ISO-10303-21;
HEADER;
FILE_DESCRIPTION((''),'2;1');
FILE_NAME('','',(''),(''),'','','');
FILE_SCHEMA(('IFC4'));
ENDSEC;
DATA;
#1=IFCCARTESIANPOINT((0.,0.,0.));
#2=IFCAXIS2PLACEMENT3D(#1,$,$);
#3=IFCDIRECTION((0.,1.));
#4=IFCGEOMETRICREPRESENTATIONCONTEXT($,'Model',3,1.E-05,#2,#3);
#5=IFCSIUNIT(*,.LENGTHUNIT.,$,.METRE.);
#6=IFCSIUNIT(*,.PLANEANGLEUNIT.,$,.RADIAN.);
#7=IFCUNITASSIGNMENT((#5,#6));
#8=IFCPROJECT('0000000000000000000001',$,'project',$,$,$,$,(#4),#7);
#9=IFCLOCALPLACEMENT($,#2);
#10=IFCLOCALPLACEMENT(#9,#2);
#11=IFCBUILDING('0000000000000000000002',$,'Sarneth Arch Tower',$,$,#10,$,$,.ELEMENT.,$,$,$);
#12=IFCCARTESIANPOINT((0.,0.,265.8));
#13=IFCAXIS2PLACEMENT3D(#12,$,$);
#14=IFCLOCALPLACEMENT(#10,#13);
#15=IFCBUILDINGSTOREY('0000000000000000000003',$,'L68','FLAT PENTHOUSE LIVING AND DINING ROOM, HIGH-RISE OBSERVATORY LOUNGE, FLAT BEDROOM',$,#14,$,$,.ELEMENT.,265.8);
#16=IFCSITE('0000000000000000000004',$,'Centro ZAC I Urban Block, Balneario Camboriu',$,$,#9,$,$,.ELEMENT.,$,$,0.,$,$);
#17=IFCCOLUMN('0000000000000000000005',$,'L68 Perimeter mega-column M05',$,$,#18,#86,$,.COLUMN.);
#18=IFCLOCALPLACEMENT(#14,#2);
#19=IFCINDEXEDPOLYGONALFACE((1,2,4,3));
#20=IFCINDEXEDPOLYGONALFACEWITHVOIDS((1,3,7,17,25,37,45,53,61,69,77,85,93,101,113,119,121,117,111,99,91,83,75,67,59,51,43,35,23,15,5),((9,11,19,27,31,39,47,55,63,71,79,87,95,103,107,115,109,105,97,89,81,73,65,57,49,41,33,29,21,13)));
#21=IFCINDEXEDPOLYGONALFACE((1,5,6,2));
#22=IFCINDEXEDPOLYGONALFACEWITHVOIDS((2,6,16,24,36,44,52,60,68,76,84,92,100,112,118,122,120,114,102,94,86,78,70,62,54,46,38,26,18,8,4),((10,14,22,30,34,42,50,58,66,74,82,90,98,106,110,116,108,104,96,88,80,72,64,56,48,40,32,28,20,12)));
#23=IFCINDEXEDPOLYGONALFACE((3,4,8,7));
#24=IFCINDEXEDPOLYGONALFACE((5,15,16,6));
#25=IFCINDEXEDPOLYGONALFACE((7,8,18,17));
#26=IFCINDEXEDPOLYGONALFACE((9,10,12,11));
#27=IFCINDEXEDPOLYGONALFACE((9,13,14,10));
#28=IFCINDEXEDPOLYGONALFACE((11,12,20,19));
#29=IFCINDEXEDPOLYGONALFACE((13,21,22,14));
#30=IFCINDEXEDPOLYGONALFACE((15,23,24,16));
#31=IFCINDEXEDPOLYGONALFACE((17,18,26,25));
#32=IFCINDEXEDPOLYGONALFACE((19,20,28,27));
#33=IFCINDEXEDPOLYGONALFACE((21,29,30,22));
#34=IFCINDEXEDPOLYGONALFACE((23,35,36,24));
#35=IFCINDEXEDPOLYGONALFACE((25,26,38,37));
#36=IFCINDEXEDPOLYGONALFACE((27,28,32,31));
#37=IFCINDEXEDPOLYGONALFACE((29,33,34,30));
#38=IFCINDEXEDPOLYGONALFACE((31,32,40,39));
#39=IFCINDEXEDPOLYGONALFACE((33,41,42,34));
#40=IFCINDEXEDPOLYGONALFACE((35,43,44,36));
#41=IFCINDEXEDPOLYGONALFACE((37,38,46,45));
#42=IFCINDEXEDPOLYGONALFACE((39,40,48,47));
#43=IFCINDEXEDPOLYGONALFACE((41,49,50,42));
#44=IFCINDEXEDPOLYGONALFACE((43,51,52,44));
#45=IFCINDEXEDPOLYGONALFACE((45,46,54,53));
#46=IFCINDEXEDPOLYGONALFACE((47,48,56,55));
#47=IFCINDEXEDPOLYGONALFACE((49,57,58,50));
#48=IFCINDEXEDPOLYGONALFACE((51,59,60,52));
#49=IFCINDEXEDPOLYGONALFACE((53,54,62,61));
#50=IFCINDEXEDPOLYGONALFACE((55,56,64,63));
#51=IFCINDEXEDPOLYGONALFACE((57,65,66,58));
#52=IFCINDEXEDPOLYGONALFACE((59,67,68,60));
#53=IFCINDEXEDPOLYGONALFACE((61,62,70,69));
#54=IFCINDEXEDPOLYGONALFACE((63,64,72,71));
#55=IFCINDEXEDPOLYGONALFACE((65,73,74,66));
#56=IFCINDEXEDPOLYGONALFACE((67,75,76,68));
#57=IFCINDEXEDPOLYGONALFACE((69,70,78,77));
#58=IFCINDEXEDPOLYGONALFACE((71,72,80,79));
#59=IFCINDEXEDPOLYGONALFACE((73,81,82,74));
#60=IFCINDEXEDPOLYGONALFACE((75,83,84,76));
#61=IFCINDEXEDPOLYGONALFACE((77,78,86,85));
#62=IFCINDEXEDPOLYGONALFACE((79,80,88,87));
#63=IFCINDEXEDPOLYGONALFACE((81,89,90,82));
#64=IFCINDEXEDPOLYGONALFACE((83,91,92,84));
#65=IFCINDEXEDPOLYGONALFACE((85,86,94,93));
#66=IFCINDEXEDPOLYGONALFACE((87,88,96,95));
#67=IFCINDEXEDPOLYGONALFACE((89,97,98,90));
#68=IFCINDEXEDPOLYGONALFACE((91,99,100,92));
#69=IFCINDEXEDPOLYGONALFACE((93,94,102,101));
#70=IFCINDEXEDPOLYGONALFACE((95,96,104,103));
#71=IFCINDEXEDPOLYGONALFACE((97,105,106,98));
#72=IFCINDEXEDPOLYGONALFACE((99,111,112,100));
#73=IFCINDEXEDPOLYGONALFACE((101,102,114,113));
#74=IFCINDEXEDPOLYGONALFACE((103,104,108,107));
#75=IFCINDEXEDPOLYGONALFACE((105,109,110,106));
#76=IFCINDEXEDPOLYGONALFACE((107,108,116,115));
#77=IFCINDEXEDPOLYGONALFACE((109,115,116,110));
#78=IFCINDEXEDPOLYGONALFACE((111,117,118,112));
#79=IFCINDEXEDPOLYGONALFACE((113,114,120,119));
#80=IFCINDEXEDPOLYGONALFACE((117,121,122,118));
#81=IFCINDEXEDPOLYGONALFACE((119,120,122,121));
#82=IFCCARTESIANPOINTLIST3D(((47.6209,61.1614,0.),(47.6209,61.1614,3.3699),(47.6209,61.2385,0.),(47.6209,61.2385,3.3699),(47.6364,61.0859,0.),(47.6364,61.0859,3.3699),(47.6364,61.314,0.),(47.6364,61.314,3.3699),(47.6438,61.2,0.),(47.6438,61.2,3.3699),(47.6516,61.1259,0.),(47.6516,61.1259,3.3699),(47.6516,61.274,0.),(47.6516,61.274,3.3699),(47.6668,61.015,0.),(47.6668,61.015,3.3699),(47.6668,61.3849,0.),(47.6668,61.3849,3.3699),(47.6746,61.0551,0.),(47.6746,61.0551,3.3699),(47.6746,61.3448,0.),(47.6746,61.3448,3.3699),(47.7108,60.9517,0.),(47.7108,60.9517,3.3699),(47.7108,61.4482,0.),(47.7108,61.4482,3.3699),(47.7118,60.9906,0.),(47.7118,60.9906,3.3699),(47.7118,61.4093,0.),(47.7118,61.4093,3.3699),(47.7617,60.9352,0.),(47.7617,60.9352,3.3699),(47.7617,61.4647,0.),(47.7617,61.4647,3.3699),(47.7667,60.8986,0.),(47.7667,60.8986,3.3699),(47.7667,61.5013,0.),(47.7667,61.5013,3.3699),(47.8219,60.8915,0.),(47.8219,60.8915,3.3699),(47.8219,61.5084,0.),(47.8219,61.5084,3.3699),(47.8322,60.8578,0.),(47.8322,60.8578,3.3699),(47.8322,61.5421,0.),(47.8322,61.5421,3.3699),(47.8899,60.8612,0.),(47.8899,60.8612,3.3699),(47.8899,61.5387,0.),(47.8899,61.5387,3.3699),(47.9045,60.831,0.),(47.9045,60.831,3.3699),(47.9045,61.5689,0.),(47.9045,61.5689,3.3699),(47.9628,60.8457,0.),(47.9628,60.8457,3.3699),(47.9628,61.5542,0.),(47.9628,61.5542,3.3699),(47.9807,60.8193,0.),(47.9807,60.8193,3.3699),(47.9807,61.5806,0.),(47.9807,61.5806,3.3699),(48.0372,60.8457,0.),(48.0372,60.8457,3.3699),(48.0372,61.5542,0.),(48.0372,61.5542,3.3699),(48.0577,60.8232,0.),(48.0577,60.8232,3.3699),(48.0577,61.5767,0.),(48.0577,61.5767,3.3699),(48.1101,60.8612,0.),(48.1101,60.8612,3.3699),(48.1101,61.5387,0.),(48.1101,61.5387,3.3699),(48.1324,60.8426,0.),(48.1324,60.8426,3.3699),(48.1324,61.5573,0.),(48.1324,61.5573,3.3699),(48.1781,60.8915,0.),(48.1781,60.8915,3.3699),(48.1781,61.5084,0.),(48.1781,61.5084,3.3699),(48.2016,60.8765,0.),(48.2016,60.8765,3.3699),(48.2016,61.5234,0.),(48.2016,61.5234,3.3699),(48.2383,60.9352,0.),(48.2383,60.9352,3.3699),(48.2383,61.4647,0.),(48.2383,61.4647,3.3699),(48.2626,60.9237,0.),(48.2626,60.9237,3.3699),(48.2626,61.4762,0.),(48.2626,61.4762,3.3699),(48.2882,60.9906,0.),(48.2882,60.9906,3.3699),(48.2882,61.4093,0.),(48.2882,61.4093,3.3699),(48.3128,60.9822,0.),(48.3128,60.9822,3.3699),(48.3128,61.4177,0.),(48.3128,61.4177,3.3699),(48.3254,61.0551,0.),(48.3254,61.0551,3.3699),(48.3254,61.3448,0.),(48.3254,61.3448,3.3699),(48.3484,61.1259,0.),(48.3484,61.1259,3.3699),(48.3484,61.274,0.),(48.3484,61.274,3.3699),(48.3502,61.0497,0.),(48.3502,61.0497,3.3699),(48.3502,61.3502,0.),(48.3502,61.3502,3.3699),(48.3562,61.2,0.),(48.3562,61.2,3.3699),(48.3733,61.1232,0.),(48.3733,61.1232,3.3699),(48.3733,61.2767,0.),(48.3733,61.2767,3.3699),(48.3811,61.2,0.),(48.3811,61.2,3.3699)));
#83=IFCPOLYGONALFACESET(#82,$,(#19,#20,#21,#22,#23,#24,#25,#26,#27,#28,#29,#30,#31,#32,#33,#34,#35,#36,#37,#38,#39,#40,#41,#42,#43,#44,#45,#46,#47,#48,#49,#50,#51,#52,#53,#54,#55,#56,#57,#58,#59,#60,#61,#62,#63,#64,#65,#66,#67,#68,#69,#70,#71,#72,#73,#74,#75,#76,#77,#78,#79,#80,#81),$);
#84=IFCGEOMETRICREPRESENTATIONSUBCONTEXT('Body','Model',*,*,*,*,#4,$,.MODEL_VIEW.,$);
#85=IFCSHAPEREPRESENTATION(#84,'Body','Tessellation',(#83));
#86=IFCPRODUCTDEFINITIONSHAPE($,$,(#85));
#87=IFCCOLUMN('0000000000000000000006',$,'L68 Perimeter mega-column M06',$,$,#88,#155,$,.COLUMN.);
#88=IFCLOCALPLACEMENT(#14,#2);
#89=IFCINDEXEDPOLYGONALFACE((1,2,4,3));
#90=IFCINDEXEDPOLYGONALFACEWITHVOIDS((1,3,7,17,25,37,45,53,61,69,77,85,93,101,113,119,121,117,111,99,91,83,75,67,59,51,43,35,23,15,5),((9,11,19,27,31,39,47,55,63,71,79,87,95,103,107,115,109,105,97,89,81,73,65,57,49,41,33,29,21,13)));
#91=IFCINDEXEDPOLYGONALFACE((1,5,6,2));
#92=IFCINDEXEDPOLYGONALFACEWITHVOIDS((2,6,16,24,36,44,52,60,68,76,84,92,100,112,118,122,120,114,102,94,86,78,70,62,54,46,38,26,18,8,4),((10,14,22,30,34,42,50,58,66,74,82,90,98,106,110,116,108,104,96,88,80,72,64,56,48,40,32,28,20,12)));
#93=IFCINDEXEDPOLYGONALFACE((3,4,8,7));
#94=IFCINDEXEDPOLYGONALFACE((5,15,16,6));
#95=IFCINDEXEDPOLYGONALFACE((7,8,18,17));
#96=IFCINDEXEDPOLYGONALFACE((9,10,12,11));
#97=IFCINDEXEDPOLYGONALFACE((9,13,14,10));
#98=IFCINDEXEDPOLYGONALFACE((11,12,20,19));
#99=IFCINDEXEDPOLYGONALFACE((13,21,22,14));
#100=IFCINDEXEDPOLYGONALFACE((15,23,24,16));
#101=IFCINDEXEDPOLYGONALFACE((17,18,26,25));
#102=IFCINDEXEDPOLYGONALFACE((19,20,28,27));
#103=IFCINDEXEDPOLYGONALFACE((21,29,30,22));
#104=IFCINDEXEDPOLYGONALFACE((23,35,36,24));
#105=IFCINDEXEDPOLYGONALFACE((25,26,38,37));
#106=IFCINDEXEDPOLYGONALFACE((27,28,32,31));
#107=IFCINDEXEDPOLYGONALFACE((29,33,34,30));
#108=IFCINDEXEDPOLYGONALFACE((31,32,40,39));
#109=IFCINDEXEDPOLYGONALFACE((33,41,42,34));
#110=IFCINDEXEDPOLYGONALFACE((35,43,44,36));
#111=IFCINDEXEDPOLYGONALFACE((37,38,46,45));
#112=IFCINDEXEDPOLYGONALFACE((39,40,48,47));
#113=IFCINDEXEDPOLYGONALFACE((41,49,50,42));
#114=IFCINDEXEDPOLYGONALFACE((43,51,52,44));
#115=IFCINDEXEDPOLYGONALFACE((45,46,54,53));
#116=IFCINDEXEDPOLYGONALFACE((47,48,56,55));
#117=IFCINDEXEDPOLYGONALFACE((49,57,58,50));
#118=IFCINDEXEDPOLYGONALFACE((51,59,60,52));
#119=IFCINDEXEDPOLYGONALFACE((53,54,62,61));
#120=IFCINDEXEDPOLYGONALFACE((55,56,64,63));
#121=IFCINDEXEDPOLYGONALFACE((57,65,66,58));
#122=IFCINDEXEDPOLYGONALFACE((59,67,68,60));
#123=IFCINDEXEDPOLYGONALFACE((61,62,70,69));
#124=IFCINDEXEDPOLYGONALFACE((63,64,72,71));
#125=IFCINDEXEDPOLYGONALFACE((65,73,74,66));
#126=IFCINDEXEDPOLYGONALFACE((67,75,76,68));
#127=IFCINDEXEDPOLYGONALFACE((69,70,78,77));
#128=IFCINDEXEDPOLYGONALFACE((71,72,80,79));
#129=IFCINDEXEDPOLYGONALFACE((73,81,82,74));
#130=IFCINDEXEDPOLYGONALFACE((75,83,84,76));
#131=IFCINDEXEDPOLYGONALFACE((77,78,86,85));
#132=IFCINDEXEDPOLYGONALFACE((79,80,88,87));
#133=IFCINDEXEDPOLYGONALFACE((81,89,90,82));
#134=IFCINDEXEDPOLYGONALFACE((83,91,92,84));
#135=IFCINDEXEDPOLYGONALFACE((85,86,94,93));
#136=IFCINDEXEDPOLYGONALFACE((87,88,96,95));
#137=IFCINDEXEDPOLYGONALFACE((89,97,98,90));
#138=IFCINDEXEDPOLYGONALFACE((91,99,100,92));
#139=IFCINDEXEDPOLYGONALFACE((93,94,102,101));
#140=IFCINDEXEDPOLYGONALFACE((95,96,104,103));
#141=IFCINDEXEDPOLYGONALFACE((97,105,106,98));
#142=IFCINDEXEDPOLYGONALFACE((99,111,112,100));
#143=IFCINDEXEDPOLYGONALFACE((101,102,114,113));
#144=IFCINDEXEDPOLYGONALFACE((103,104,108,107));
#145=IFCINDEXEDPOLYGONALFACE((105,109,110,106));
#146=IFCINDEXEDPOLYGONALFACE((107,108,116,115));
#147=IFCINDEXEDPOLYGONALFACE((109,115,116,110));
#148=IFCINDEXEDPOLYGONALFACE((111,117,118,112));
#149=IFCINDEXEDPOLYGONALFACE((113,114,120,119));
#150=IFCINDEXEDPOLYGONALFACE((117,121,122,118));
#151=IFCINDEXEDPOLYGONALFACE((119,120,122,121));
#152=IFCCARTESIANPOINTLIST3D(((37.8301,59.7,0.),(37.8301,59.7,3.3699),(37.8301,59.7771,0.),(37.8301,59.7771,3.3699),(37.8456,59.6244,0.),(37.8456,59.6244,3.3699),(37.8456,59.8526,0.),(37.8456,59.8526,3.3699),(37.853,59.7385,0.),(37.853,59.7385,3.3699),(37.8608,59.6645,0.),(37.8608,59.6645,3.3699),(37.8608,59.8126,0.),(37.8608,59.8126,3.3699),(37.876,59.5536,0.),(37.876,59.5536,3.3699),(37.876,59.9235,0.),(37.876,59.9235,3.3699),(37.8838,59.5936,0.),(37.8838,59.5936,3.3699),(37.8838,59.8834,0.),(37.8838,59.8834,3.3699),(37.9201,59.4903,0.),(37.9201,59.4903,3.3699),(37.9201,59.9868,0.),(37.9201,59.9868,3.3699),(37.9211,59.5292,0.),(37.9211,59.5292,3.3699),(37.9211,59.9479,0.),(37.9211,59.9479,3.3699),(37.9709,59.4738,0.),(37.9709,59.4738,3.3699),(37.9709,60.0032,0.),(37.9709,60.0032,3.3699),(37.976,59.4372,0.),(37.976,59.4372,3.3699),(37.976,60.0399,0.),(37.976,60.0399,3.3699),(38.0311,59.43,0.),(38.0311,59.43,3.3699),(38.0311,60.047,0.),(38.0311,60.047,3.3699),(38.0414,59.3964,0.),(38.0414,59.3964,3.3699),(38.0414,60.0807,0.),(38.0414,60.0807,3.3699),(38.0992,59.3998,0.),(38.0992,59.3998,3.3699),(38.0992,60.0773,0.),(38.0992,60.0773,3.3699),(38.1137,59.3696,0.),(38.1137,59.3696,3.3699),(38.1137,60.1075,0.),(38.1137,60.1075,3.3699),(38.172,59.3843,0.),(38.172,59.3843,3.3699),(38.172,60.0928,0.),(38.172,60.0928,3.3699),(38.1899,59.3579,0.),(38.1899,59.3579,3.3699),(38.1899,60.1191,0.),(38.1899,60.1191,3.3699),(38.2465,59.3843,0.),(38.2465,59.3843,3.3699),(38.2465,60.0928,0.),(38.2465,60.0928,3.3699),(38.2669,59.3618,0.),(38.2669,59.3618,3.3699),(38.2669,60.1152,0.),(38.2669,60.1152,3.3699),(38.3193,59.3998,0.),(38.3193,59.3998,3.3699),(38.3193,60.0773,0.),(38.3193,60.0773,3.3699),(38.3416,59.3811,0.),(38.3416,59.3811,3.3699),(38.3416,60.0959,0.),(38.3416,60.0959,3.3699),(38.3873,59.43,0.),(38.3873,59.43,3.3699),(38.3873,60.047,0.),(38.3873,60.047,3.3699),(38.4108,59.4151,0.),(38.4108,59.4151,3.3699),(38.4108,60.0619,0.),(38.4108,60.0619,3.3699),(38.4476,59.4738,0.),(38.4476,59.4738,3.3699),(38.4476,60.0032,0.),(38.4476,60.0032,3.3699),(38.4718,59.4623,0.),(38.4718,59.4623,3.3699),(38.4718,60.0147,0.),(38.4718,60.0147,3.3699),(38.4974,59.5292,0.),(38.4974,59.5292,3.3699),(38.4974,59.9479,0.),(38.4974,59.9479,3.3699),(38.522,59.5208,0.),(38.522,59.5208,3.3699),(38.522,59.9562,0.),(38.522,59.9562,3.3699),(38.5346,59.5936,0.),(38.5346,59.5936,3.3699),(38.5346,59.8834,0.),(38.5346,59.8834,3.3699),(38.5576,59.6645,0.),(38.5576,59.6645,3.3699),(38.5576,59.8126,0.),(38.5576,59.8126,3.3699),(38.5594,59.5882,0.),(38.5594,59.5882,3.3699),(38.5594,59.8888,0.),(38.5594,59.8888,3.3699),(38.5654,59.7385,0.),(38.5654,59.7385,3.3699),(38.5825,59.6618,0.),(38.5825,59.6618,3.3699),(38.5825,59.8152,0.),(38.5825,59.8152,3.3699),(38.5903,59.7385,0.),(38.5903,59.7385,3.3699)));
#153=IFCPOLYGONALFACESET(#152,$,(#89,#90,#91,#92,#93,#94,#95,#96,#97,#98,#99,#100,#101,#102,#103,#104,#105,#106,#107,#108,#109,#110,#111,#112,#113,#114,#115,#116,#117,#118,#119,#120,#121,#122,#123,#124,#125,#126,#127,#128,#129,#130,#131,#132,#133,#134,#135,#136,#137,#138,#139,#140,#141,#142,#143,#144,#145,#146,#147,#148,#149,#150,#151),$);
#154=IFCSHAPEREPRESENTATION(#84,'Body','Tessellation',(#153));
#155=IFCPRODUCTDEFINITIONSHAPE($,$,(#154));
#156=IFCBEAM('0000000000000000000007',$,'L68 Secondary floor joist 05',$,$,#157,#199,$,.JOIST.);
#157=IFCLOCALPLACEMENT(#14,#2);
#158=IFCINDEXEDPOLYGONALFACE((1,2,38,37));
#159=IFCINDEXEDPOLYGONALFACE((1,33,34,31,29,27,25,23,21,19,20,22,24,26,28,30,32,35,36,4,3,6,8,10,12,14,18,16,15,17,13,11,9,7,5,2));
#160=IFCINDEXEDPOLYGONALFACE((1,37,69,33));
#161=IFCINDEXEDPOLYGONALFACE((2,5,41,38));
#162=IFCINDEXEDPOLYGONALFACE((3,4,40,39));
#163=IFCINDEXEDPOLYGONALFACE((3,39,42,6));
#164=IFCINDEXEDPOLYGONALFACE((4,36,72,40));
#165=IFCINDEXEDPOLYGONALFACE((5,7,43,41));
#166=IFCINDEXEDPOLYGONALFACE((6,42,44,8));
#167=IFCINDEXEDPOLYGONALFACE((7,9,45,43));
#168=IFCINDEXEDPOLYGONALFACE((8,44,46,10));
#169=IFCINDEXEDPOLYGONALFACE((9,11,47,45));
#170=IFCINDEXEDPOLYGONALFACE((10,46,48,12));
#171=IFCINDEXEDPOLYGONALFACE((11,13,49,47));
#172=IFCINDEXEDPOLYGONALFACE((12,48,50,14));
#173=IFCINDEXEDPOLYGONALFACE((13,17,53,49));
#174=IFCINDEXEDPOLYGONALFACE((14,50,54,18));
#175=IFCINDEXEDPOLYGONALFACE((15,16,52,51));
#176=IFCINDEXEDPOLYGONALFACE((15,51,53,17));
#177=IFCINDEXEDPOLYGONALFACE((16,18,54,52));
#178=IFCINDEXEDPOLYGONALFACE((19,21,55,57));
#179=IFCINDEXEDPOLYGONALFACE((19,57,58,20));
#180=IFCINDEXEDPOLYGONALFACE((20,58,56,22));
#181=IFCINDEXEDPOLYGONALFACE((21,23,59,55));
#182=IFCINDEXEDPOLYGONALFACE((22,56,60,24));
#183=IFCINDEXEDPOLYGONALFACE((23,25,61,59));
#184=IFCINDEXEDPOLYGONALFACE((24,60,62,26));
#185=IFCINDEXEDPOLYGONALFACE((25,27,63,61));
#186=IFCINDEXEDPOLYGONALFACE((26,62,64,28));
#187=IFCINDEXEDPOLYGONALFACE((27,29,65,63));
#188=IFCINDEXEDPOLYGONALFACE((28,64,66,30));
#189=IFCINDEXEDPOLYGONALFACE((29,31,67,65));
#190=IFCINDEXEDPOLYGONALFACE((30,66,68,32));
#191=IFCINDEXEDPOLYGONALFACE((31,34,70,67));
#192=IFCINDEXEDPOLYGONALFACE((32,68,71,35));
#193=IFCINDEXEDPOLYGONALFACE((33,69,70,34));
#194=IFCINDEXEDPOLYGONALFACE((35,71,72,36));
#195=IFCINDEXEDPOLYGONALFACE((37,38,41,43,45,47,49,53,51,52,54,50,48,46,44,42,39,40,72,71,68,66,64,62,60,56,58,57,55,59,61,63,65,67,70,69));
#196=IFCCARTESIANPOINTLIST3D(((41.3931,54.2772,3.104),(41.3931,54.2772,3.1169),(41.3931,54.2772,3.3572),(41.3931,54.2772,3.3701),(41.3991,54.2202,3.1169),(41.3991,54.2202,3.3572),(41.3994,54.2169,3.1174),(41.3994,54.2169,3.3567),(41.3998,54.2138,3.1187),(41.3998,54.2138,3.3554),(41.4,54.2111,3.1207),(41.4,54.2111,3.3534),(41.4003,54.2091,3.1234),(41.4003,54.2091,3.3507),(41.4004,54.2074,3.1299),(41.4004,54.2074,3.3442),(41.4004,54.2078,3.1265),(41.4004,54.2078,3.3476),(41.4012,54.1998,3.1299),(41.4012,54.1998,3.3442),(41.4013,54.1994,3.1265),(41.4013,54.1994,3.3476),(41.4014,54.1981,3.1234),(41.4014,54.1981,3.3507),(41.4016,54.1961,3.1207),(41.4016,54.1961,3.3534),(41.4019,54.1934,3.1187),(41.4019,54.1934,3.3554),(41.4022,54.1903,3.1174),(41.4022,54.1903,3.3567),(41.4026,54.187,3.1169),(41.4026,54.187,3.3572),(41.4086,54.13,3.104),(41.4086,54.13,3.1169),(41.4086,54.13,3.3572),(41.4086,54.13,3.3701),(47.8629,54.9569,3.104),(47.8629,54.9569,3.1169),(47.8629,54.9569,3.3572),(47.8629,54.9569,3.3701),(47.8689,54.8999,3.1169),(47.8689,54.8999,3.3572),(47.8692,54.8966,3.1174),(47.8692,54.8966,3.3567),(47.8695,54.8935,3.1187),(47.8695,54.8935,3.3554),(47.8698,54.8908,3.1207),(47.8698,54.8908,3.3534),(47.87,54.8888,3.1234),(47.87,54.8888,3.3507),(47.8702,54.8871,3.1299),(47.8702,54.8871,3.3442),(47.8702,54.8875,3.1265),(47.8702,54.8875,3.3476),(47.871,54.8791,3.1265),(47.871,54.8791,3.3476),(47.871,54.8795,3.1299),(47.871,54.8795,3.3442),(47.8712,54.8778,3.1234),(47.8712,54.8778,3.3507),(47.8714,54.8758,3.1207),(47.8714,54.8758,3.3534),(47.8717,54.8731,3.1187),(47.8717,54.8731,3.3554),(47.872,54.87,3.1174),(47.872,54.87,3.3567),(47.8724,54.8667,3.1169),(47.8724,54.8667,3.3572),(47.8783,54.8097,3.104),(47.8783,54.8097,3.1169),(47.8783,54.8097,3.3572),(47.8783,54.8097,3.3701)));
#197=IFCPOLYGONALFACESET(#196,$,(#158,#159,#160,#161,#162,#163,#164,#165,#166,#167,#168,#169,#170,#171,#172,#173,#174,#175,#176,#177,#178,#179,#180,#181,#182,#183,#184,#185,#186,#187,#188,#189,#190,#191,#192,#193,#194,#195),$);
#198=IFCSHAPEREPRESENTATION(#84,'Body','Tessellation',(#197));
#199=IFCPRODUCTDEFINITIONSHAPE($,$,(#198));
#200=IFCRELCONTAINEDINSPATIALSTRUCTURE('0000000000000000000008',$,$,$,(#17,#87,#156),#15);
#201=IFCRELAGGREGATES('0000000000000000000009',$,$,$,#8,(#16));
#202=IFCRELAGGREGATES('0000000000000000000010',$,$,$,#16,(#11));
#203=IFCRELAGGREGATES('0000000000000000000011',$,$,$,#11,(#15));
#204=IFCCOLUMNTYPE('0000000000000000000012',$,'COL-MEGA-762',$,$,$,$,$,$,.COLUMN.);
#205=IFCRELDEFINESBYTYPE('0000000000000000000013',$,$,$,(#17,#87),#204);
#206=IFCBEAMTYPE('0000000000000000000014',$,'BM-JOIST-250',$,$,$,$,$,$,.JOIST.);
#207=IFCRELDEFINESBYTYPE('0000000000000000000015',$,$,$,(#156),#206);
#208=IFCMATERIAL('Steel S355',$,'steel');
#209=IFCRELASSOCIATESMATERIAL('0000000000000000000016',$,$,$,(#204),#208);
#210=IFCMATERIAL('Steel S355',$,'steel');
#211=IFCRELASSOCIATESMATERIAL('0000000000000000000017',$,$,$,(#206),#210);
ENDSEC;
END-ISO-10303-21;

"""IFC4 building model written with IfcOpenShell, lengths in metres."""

from ifc_helpers import new_model, si_unit, direction, frame, origin, origin_2d, place, context, subcontext, project, spatial, hollow_circle, i_section, extrude, material, material_profile, profile_set, type_object, element, save


model = new_model("IFC4")

# Units and contexts
model_context = context("Model", 3, precision=1e-05, world=origin(), true_north=direction((0.0, 1.0)))
body_context = subcontext(model_context, "Body", "Model", "MODEL_VIEW")
ifc_project = project(units=[si_unit("LENGTHUNIT", "METRE"), si_unit("PLANEANGLEUNIT", "RADIAN")], contexts=[model_context])

# Site, building, storey
site_placement = place(None, origin())
site = spatial("IfcSite", under=ifc_project, at=site_placement, Name="Centro ZAC I Urban Block, Balneario Camboriu", CompositionType="ELEMENT", RefElevation=0.0)
building_placement = place(site_placement, origin())
building = spatial("IfcBuilding", under=site, at=building_placement, Name="Sarneth Arch Tower", CompositionType="ELEMENT")
storey_placement = place(building_placement, frame((0.0, 0.0, 265.8)))
storey = spatial("IfcBuildingStorey", under=building, at=storey_placement, Name="L68", Description="FLAT PENTHOUSE LIVING AND DINING ROOM, HIGH-RISE OBSERVATORY LOUNGE, FLAT BEDROOM", CompositionType="ELEMENT", Elevation=265.8)

# Columns
ifc_material_1 = material(Name="Steel S355", Category="steel")
ifc_material_profile_1 = material_profile(ifc_material_1, hollow_circle(Radius=0.3811, WallThickness=0.0249, at=origin_2d()), Name="CHS762x25")
ifc_profile_set_1 = profile_set([ifc_material_profile_1], Name="Steel S355")
column_type = type_object("IfcColumnType", Name="COL-MEGA-762", PredefinedType="COLUMN", material=ifc_profile_set_1)
for number, where, z_axis, x_axis, name in (
    (1, (48.0, 61.2, 0.0), (0.0, 0.0, 1.0), (1.0, 0.0, 0.0), "L68 Perimeter mega-column M05"),
    (2, (38.2092, 59.7385, 0.0), (0.0, 0.0, 1.0), (1.0, 0.0, 0.0), "L68 Perimeter mega-column M06"),
):
    element("IfcColumn", number, at=place(storey_placement, frame(where, z_axis=z_axis, x_axis=x_axis)), inside=storey, type_object=column_type, Name=name, PredefinedType="COLUMN", context=body_context, shape_type="SweptSolid", body=[
        extrude(hollow_circle(Radius=0.3811, WallThickness=0.0249, at=origin_2d()), origin(), (0.0, 0.0, 1.0), 3.3699),
    ])

# Beam
ifc_material_2 = material(Name="Steel S355", Category="steel")
ifc_material_profile_2 = material_profile(ifc_material_2, i_section(OverallWidth=0.1479, OverallDepth=0.2661, WebThickness=0.0076, FlangeThickness=0.0129, FilletRadius=0.0129, at=origin_2d()), Name="W250x44.8")
ifc_profile_set_2 = profile_set([ifc_material_profile_2], Name="Steel S355")
beam_type_1 = type_object("IfcBeamType", Name="BM-JOIST-250", PredefinedType="JOIST", material=ifc_profile_set_2)
beam_1_placement = place(storey_placement, frame((47.8706, 54.8833, 3.2371), z_axis=(-0.994527, -0.104482, 0.0), x_axis=(0.104482, -0.994527, 0.0)))
element("IfcBeam", 3, at=beam_1_placement, inside=storey, type_object=beam_type_1, Name="L68 Secondary floor joist 05", PredefinedType="JOIST", context=body_context, shape_type="SweptSolid", body=[
    extrude(i_section(OverallWidth=0.1479, OverallDepth=0.2661, WebThickness=0.0076, FlangeThickness=0.0129, FilletRadius=0.0129, at=origin_2d()), origin(), (0.0, 0.0, 1.0), 6.5054),
])

save(model, "model.ifc")
